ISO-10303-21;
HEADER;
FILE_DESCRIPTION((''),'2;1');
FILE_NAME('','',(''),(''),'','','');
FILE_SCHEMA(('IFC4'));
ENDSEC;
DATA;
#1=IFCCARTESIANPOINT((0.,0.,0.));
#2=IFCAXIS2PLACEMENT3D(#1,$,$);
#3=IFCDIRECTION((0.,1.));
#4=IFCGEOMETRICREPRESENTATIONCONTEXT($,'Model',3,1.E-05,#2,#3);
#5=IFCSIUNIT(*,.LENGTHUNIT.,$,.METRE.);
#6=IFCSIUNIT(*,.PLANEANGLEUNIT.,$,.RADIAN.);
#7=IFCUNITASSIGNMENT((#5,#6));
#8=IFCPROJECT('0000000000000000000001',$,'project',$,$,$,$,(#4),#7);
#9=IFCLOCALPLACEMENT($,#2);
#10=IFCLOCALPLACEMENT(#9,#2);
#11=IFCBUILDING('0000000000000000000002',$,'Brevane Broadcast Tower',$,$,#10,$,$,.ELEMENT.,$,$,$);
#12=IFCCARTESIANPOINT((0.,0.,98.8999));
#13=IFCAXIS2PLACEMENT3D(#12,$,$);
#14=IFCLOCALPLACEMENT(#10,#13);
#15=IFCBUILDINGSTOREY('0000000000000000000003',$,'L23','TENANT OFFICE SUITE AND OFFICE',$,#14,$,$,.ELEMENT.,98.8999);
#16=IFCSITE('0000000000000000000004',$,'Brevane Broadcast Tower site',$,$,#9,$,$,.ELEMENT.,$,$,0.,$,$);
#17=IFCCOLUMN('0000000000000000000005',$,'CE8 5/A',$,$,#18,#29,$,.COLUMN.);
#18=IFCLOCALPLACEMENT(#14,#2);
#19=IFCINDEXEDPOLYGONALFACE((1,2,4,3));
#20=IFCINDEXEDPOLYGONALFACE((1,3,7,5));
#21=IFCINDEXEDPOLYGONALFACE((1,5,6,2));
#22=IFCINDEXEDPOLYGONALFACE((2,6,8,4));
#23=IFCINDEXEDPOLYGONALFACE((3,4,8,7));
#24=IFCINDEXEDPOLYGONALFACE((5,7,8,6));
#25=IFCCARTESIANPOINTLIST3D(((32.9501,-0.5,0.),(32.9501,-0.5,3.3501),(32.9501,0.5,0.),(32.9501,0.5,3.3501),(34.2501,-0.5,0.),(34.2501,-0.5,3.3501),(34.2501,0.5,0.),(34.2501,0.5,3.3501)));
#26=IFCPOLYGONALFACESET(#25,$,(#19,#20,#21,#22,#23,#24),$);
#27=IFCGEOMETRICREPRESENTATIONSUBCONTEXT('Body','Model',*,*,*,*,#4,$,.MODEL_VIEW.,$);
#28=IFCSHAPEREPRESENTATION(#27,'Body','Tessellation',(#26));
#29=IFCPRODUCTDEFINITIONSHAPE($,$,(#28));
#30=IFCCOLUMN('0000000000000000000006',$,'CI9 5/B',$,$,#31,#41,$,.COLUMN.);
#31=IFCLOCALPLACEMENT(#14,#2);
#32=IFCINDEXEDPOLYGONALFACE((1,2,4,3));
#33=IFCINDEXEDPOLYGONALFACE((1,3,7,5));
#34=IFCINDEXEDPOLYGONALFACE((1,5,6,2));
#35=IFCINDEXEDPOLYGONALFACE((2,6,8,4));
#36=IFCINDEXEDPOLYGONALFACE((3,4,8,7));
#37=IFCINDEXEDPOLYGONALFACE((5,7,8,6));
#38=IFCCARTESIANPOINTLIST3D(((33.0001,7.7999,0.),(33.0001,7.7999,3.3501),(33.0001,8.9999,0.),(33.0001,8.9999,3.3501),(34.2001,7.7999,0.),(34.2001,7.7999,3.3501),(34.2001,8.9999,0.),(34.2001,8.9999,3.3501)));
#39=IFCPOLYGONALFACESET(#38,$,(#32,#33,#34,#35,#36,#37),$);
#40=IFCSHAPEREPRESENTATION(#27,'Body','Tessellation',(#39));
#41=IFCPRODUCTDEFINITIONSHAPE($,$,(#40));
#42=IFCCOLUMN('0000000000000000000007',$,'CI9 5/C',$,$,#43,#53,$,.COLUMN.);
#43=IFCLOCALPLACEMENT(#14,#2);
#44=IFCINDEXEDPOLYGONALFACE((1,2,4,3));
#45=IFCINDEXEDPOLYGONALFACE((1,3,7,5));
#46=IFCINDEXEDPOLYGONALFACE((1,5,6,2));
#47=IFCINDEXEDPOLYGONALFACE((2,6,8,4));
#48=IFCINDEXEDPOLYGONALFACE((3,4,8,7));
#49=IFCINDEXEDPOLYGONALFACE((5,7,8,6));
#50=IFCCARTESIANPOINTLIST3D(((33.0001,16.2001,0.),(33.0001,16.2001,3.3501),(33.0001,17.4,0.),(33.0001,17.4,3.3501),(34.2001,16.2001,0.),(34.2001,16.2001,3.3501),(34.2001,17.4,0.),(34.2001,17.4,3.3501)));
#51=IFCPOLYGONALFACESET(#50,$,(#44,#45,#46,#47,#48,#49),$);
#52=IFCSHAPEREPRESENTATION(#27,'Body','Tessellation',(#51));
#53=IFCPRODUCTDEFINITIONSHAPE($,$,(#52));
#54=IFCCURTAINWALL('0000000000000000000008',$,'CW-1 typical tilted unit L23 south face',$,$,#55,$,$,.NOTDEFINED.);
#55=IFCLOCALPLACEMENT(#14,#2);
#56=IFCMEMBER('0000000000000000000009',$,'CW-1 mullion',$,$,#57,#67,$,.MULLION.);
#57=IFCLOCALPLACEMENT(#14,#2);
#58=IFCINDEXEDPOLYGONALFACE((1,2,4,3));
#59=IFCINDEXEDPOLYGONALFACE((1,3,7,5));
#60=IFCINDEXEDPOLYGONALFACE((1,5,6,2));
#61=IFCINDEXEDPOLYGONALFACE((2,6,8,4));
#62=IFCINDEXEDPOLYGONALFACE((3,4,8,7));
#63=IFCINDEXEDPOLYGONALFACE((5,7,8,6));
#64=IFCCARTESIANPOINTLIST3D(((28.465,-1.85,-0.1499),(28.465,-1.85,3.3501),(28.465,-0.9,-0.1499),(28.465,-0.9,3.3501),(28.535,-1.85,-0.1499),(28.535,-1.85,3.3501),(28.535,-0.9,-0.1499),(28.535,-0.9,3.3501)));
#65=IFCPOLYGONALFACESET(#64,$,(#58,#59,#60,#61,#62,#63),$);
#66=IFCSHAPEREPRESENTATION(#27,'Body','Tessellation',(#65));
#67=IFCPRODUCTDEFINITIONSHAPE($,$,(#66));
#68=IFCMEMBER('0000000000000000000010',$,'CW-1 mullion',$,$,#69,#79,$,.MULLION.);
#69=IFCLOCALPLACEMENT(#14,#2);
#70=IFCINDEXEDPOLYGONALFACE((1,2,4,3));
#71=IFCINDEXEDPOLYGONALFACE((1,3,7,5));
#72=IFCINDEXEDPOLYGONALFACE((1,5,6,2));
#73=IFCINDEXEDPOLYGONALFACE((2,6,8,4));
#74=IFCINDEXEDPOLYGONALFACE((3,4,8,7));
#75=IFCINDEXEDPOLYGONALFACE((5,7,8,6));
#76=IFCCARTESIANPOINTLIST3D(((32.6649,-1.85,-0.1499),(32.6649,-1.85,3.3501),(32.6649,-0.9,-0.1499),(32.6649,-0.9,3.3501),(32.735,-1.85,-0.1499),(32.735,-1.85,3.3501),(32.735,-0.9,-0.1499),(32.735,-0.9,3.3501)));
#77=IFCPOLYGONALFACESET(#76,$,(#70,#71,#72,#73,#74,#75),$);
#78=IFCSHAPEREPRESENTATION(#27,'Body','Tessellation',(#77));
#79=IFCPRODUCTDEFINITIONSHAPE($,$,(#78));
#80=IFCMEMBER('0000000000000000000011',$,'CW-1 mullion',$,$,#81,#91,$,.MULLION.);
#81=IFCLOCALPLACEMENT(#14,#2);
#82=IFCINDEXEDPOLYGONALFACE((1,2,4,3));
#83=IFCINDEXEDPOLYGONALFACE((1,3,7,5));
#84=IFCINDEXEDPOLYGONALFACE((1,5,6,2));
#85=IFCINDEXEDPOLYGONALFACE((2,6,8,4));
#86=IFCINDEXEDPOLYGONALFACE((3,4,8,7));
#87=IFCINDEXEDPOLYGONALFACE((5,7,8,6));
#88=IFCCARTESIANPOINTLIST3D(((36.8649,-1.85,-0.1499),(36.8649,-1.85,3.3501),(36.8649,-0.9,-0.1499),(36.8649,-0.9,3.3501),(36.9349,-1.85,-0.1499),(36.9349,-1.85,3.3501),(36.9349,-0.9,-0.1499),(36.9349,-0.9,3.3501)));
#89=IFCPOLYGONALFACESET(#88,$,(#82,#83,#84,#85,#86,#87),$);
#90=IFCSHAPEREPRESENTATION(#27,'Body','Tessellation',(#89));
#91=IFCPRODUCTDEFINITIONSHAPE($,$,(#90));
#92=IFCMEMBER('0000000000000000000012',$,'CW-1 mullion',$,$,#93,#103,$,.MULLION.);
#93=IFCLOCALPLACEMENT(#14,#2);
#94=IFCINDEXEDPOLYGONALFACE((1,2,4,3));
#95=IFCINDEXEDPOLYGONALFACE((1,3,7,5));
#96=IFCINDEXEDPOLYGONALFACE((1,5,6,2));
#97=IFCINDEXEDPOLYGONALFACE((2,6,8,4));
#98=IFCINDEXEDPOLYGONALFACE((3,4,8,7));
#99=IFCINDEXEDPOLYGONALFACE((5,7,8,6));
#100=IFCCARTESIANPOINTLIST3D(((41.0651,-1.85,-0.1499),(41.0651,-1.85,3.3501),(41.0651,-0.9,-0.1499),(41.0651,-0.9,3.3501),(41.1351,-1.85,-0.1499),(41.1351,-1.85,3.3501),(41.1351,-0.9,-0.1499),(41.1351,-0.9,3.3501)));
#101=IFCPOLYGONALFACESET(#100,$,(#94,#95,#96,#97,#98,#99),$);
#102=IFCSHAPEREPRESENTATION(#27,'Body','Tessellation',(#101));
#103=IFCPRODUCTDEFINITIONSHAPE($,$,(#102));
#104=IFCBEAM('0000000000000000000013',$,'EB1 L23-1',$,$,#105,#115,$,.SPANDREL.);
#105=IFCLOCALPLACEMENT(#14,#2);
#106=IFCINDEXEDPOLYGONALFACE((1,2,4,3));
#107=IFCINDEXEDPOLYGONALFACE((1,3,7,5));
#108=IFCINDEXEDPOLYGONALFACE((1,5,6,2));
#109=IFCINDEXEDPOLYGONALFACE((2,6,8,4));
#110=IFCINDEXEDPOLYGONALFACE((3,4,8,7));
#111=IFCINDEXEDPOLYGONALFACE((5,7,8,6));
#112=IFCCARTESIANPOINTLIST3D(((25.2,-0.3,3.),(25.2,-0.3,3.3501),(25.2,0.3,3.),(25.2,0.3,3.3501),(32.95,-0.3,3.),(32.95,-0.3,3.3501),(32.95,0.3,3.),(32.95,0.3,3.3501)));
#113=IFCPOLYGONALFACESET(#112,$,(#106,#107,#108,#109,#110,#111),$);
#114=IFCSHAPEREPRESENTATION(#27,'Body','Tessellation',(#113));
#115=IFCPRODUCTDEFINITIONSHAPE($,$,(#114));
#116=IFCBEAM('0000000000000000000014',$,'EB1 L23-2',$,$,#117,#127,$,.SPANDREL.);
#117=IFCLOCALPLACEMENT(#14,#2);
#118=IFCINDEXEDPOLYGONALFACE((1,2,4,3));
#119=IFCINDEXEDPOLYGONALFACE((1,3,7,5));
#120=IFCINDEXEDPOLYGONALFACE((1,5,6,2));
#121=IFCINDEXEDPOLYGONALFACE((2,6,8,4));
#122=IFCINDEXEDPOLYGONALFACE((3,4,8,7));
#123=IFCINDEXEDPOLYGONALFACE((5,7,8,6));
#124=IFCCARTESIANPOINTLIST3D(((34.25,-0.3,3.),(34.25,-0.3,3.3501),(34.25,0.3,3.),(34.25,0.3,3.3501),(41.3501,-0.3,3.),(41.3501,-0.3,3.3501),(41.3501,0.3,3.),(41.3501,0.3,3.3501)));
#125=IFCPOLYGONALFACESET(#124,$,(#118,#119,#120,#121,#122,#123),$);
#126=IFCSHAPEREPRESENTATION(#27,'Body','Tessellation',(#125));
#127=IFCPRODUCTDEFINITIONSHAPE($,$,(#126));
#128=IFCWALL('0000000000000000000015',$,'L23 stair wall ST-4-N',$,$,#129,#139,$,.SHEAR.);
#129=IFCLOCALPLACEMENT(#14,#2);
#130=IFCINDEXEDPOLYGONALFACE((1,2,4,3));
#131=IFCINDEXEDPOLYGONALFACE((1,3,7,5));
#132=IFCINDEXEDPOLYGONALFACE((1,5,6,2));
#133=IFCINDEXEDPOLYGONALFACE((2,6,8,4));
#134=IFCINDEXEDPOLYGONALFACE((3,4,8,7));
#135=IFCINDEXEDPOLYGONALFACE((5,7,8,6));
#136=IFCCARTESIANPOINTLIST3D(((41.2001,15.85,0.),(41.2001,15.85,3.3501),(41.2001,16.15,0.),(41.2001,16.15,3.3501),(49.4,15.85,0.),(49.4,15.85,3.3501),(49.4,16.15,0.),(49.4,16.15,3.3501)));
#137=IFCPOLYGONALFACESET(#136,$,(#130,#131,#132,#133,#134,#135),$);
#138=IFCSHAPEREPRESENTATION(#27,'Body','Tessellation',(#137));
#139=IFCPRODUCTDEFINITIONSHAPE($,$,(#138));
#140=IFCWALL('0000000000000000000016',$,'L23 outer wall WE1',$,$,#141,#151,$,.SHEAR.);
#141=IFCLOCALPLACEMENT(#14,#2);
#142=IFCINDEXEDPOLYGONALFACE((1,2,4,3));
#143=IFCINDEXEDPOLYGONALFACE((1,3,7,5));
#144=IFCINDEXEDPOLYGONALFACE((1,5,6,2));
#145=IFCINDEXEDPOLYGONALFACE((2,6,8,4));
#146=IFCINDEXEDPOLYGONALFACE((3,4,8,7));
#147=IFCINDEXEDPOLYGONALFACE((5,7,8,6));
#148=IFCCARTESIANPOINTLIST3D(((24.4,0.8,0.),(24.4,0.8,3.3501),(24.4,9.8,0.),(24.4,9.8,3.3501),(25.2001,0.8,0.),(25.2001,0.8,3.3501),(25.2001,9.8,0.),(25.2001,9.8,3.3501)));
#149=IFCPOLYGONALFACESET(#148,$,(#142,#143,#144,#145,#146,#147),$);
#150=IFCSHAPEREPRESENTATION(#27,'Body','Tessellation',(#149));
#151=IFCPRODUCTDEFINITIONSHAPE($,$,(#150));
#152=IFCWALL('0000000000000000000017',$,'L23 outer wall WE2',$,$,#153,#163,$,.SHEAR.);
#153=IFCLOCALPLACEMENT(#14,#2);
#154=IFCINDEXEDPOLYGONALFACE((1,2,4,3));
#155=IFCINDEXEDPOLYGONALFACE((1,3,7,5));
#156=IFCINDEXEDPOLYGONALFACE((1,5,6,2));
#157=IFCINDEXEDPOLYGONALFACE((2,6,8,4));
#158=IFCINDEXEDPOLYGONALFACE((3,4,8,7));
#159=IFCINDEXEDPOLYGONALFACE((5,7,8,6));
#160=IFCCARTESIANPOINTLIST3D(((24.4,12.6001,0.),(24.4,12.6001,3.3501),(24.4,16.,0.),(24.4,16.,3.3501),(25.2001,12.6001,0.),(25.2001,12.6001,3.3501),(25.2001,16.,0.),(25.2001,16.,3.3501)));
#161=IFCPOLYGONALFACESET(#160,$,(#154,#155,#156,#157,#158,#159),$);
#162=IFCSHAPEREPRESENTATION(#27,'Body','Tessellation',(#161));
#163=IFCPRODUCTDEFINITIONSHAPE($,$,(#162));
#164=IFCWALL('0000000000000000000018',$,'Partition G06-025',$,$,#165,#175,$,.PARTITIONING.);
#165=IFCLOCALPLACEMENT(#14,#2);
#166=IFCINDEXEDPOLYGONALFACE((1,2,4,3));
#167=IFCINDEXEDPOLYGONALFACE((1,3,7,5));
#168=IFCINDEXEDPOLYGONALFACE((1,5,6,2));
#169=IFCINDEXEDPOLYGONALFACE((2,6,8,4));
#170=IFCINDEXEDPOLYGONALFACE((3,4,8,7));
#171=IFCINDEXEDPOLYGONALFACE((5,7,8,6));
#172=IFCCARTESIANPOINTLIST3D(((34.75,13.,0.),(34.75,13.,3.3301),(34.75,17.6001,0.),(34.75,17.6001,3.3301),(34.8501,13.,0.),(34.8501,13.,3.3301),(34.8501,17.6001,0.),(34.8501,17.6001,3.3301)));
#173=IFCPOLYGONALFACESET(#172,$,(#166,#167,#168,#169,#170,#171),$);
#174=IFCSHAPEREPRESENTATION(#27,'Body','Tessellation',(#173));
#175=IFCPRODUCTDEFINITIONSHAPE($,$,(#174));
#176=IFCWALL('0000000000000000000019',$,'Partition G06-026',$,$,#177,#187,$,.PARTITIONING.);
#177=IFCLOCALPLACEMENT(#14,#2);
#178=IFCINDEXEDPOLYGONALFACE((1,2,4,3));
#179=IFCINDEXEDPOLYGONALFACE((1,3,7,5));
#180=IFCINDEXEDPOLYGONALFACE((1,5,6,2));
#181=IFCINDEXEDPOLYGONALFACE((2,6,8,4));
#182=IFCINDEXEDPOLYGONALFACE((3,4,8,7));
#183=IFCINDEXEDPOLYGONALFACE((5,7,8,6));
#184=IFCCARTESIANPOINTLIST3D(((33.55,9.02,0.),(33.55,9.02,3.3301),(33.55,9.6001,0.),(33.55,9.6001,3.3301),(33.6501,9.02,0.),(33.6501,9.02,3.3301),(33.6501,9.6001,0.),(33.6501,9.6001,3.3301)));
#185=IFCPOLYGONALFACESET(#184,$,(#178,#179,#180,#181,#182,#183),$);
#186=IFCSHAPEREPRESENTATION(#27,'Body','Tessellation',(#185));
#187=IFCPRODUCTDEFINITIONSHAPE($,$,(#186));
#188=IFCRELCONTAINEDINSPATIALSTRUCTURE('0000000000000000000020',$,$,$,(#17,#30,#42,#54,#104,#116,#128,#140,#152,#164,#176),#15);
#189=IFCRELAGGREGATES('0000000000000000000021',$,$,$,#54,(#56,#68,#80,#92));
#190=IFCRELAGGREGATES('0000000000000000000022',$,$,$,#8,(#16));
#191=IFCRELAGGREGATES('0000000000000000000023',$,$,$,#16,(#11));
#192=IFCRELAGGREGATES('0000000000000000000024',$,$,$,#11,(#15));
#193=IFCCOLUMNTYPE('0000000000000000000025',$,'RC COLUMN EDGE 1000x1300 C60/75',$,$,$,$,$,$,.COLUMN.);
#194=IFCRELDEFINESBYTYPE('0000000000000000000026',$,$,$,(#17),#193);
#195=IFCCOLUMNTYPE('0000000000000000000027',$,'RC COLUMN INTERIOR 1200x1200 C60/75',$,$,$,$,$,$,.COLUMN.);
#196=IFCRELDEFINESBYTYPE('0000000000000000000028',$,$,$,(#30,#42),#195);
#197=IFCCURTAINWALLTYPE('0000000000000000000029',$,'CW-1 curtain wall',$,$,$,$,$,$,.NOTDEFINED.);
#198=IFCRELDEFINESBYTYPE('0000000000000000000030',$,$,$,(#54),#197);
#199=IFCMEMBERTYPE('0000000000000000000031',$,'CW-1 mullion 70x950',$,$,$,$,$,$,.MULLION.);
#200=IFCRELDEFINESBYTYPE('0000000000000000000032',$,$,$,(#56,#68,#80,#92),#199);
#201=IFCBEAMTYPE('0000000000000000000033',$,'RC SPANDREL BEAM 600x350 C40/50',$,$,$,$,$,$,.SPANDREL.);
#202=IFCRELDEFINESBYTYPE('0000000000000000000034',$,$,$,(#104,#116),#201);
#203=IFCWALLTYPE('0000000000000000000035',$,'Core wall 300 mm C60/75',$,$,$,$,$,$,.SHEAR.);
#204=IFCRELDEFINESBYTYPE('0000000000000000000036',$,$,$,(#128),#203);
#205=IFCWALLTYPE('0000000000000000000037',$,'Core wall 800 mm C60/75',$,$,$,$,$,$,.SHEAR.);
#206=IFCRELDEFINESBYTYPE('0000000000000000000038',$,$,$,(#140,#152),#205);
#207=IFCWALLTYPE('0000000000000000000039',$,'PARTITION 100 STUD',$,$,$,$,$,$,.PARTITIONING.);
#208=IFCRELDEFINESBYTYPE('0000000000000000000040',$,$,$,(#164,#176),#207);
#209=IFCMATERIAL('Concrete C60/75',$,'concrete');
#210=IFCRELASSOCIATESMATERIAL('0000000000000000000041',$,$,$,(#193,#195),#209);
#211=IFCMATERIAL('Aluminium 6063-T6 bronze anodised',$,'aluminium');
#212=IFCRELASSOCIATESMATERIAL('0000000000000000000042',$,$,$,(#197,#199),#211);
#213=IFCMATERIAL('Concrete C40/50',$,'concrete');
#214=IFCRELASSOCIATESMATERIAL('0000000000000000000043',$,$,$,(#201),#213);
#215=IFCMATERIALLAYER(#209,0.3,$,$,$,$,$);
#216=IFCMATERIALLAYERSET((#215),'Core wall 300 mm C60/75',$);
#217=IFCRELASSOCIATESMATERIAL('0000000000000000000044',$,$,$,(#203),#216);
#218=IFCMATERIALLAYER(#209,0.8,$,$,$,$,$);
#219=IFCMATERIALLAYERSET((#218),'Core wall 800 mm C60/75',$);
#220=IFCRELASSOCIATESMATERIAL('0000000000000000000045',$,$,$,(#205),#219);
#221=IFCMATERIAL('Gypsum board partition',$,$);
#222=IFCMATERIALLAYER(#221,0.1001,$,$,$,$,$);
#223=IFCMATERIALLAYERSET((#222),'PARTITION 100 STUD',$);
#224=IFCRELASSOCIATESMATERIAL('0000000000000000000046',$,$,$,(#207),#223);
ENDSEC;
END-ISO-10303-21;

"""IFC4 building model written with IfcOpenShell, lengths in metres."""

from ifc_helpers import new_model, si_unit, direction, frame, frame_2d, origin, origin_2d, place, context, subcontext, project, spatial, rectangle, extrude, material, layer, layer_set, material_profile, profile_set, type_object, element, aggregate, save


model = new_model("IFC4")

# Units and contexts
model_context = context("Model", 3, precision=1e-05, world=origin(), true_north=direction((0.0, 1.0)))
body_context = subcontext(model_context, "Body", "Model", "MODEL_VIEW")
ifc_project = project(units=[si_unit("LENGTHUNIT", "METRE"), si_unit("PLANEANGLEUNIT", "RADIAN")], contexts=[model_context])

# Site, building, storey
site_placement = place(None, origin())
site = spatial("IfcSite", under=ifc_project, at=site_placement, Name="Brevane Broadcast Tower site", CompositionType="ELEMENT", RefElevation=0.0)
building_placement = place(site_placement, origin())
building = spatial("IfcBuilding", under=site, at=building_placement, Name="Brevane Broadcast Tower", CompositionType="ELEMENT")
storey_placement = place(building_placement, frame((0.0, 0.0, 98.8999)))
storey = spatial("IfcBuildingStorey", under=building, at=storey_placement, Name="L23", Description="TENANT OFFICE SUITE AND OFFICE", CompositionType="ELEMENT", Elevation=98.8999)

# Columns
ifc_material_1 = material(Name="Concrete C60/75", Category="concrete")
ifc_material_profile_1 = material_profile(ifc_material_1, rectangle(XDim=1.0, YDim=1.3, at=origin_2d()), Name="RC 1000x1300")
ifc_profile_set_1 = profile_set([ifc_material_profile_1], Name="Concrete C60/75")
column_type_1 = type_object("IfcColumnType", Name="RC COLUMN EDGE 1000x1300 C60/75", PredefinedType="COLUMN", material=ifc_profile_set_1)
column_placement = place(storey_placement, frame((33.6001, 0.0, 0.0), z_axis=(0.0, 0.0, 1.0), x_axis=(0.0, 1.0, 0.0)))
element("IfcColumn", 1, at=column_placement, inside=storey, type_object=column_type_1, Name="CE8 5/A", PredefinedType="COLUMN", context=body_context, shape_type="SweptSolid", body=[
    extrude(rectangle(XDim=1.0, YDim=1.3, at=origin_2d()), origin(), (0.0, 0.0, 1.0), 3.3501),
])
ifc_material_profile_2 = material_profile(ifc_material_1, rectangle(XDim=1.2, YDim=1.2, at=origin_2d()), Name="RC 1200x1200")
ifc_profile_set_2 = profile_set([ifc_material_profile_2], Name="Concrete C60/75")
column_type_2 = type_object("IfcColumnType", Name="RC COLUMN INTERIOR 1200x1200 C60/75", PredefinedType="COLUMN", material=ifc_profile_set_2)
for number, where, z_axis, x_axis, name in (
    (2, (33.6001, 8.3999, 0.0), (0.0, 0.0, 1.0), (1.0, 0.0, 0.0), "CI9 5/B"),
    (3, (33.6001, 16.8, 0.0), (0.0, 0.0, 1.0), (1.0, 0.0, 0.0), "CI9 5/C"),
):
    element("IfcColumn", number, at=place(storey_placement, frame(where, z_axis=z_axis, x_axis=x_axis)), inside=storey, type_object=column_type_2, Name=name, PredefinedType="COLUMN", context=body_context, shape_type="SweptSolid", body=[
        extrude(rectangle(XDim=1.2, YDim=1.2, at=origin_2d()), origin(), (0.0, 0.0, 1.0), 3.3501),
    ])

# Curtain wall, members
ifc_material_2 = material(Name="Aluminium 6063-T6 bronze anodised", Category="aluminium")
curtain_wall_type = type_object("IfcCurtainWallType", Name="CW-1 curtain wall", PredefinedType="NOTDEFINED", material=ifc_material_2)
curtain_wall_placement = place(storey_placement, origin())
curtain_wall = element("IfcCurtainWall", 4, at=curtain_wall_placement, inside=storey, type_object=curtain_wall_type, Name="CW-1 typical tilted unit L23 south face", PredefinedType="NOTDEFINED")
ifc_material_profile_3 = material_profile(ifc_material_2, rectangle(XDim=0.95, YDim=0.0701, at=origin_2d()), Name="RECT 70x950")
ifc_profile_set_3 = profile_set([ifc_material_profile_3], Name="Aluminium 6063-T6 bronze anodised")
member_type = type_object("IfcMemberType", Name="CW-1 mullion 70x950", PredefinedType="MULLION", material=ifc_profile_set_3)
member_1_placement = place(storey_placement, frame((28.5, -1.375, -0.1499), z_axis=(0.0, 0.0, 1.0), x_axis=(0.0, 1.0, 0.0)))
member_1 = element("IfcMember", 5, at=member_1_placement, type_object=member_type, Name="CW-1 mullion", PredefinedType="MULLION", context=body_context, shape_type="SweptSolid", body=[
    extrude(rectangle(XDim=0.95, YDim=0.0701, at=origin_2d()), origin(), (0.0, 0.0, 1.0), 3.5),
])
member_2_placement = place(storey_placement, frame((32.7, -1.375, -0.1499), z_axis=(0.0, 0.0, 1.0), x_axis=(0.0, 1.0, 0.0)))
member_2 = element("IfcMember", 6, at=member_2_placement, type_object=member_type, Name="CW-1 mullion", PredefinedType="MULLION", context=body_context, shape_type="SweptSolid", body=[
    extrude(rectangle(XDim=0.95, YDim=0.0701, at=origin_2d()), origin(), (0.0, 0.0, 1.0), 3.5),
])
member_3_placement = place(storey_placement, frame((36.8999, -1.375, -0.1499), z_axis=(0.0, 0.0, 1.0), x_axis=(0.0, 1.0, 0.0)))
member_3 = element("IfcMember", 7, at=member_3_placement, type_object=member_type, Name="CW-1 mullion", PredefinedType="MULLION", context=body_context, shape_type="SweptSolid", body=[
    extrude(rectangle(XDim=0.95, YDim=0.0701, at=origin_2d()), origin(), (0.0, 0.0, 1.0), 3.5),
])
member_4_placement = place(storey_placement, frame((41.1001, -1.375, -0.1499), z_axis=(0.0, 0.0, 1.0), x_axis=(0.0, 1.0, 0.0)))
member_4 = element("IfcMember", 8, at=member_4_placement, type_object=member_type, Name="CW-1 mullion", PredefinedType="MULLION", context=body_context, shape_type="SweptSolid", body=[
    extrude(rectangle(XDim=0.95, YDim=0.0701, at=origin_2d()), origin(), (0.0, 0.0, 1.0), 3.5),
])
aggregate(curtain_wall, [member_1, member_2, member_3, member_4])

# Beams
ifc_material_3 = material(Name="Concrete C40/50", Category="concrete")
ifc_material_profile_4 = material_profile(ifc_material_3, rectangle(XDim=0.6001, YDim=0.3501, at=origin_2d()), Name="RC 600x350")
ifc_profile_set_4 = profile_set([ifc_material_profile_4], Name="Concrete C40/50")
beam_type = type_object("IfcBeamType", Name="RC SPANDREL BEAM 600x350 C40/50", PredefinedType="SPANDREL", material=ifc_profile_set_4)
beam_1_placement = place(storey_placement, frame((25.2, 0.0, 3.175), z_axis=(1.0, 0.0, 0.0), x_axis=(0.0, 1.0, 0.0)))
element("IfcBeam", 9, at=beam_1_placement, inside=storey, type_object=beam_type, Name="EB1 L23-1", PredefinedType="SPANDREL", context=body_context, shape_type="SweptSolid", body=[
    extrude(rectangle(XDim=0.6001, YDim=0.3501, at=origin_2d()), origin(), (0.0, 0.0, 1.0), 7.75),
])
beam_2_placement = place(storey_placement, frame((34.25, 0.0, 3.175), z_axis=(1.0, 0.0, 0.0), x_axis=(0.0, 1.0, 0.0)))
element("IfcBeam", 10, at=beam_2_placement, inside=storey, type_object=beam_type, Name="EB1 L23-2", PredefinedType="SPANDREL", context=body_context, shape_type="SweptSolid", body=[
    extrude(rectangle(XDim=0.6001, YDim=0.3501, at=origin_2d()), origin(), (0.0, 0.0, 1.0), 7.1001),
])

# Walls
ifc_layer_1 = layer(ifc_material_1, 0.3)
ifc_layer_set_1 = layer_set([ifc_layer_1], Name="Core wall 300 mm C60/75")
wall_type_1 = type_object("IfcWallType", Name="Core wall 300 mm C60/75", PredefinedType="SHEAR", material=ifc_layer_set_1)
wall_1_placement = place(storey_placement, frame((41.2, 16.0, 0.0), z_axis=(0.0, 0.0, 1.0), x_axis=(1.0, 0.0, 0.0)))
element("IfcWall", 11, at=wall_1_placement, inside=storey, type_object=wall_type_1, Name="L23 stair wall ST-4-N", PredefinedType="SHEAR", context=body_context, shape_type="SweptSolid", body=[
    extrude(rectangle(XDim=8.2, YDim=0.3, at=frame_2d((4.1001, 0.0))), origin(), (0.0, 0.0, 1.0), 3.3501),
])
ifc_layer_2 = layer(ifc_material_1, 0.8)
ifc_layer_set_2 = layer_set([ifc_layer_2], Name="Core wall 800 mm C60/75")
wall_type_2 = type_object("IfcWallType", Name="Core wall 800 mm C60/75", PredefinedType="SHEAR", material=ifc_layer_set_2)
wall_2_placement = place(storey_placement, frame((24.8, 0.8, 0.0), z_axis=(0.0, 0.0, 1.0), x_axis=(0.0, 1.0, 0.0)))
element("IfcWall", 12, at=wall_2_placement, inside=storey, type_object=wall_type_2, Name="L23 outer wall WE1", PredefinedType="SHEAR", context=body_context, shape_type="SweptSolid", body=[
    extrude(rectangle(XDim=9.0, YDim=0.8, at=frame_2d((4.5, 0.0))), origin(), (0.0, 0.0, 1.0), 3.3501),
])
wall_3_placement = place(storey_placement, frame((24.8, 12.6001, 0.0), z_axis=(0.0, 0.0, 1.0), x_axis=(0.0, 1.0, 0.0)))
element("IfcWall", 13, at=wall_3_placement, inside=storey, type_object=wall_type_2, Name="L23 outer wall WE2", PredefinedType="SHEAR", context=body_context, shape_type="SweptSolid", body=[
    extrude(rectangle(XDim=3.3999, YDim=0.8, at=frame_2d((1.7, 0.0))), origin(), (0.0, 0.0, 1.0), 3.3501),
])
ifc_material_4 = material(Name="Gypsum board partition")
ifc_layer_3 = layer(ifc_material_4, 0.1001)
ifc_layer_set_3 = layer_set([ifc_layer_3], Name="PARTITION 100 STUD")
wall_type_3 = type_object("IfcWallType", Name="PARTITION 100 STUD", PredefinedType="PARTITIONING", material=ifc_layer_set_3)
wall_4_placement = place(storey_placement, frame((34.8, 17.6001, 0.0), z_axis=(0.0, 0.0, 1.0), x_axis=(0.0, -1.0, 0.0)))
element("IfcWall", 14, at=wall_4_placement, inside=storey, type_object=wall_type_3, Name="Partition G06-025", PredefinedType="PARTITIONING", context=body_context, shape_type="SweptSolid", body=[
    extrude(rectangle(XDim=4.6001, YDim=0.1001, at=frame_2d((2.3, 0.0))), origin(), (0.0, 0.0, 1.0), 3.3301),
])
wall_5_placement = place(storey_placement, frame((33.6001, 9.6001, 0.0), z_axis=(0.0, 0.0, 1.0), x_axis=(0.0, -1.0, 0.0)))
element("IfcWall", 15, at=wall_5_placement, inside=storey, type_object=wall_type_3, Name="Partition G06-026", PredefinedType="PARTITIONING", context=body_context, shape_type="SweptSolid", body=[
    extrude(rectangle(XDim=0.5801, YDim=0.1001, at=frame_2d((0.29, 0.0))), origin(), (0.0, 0.0, 1.0), 3.3301),
])

save(model, "model.ifc")
